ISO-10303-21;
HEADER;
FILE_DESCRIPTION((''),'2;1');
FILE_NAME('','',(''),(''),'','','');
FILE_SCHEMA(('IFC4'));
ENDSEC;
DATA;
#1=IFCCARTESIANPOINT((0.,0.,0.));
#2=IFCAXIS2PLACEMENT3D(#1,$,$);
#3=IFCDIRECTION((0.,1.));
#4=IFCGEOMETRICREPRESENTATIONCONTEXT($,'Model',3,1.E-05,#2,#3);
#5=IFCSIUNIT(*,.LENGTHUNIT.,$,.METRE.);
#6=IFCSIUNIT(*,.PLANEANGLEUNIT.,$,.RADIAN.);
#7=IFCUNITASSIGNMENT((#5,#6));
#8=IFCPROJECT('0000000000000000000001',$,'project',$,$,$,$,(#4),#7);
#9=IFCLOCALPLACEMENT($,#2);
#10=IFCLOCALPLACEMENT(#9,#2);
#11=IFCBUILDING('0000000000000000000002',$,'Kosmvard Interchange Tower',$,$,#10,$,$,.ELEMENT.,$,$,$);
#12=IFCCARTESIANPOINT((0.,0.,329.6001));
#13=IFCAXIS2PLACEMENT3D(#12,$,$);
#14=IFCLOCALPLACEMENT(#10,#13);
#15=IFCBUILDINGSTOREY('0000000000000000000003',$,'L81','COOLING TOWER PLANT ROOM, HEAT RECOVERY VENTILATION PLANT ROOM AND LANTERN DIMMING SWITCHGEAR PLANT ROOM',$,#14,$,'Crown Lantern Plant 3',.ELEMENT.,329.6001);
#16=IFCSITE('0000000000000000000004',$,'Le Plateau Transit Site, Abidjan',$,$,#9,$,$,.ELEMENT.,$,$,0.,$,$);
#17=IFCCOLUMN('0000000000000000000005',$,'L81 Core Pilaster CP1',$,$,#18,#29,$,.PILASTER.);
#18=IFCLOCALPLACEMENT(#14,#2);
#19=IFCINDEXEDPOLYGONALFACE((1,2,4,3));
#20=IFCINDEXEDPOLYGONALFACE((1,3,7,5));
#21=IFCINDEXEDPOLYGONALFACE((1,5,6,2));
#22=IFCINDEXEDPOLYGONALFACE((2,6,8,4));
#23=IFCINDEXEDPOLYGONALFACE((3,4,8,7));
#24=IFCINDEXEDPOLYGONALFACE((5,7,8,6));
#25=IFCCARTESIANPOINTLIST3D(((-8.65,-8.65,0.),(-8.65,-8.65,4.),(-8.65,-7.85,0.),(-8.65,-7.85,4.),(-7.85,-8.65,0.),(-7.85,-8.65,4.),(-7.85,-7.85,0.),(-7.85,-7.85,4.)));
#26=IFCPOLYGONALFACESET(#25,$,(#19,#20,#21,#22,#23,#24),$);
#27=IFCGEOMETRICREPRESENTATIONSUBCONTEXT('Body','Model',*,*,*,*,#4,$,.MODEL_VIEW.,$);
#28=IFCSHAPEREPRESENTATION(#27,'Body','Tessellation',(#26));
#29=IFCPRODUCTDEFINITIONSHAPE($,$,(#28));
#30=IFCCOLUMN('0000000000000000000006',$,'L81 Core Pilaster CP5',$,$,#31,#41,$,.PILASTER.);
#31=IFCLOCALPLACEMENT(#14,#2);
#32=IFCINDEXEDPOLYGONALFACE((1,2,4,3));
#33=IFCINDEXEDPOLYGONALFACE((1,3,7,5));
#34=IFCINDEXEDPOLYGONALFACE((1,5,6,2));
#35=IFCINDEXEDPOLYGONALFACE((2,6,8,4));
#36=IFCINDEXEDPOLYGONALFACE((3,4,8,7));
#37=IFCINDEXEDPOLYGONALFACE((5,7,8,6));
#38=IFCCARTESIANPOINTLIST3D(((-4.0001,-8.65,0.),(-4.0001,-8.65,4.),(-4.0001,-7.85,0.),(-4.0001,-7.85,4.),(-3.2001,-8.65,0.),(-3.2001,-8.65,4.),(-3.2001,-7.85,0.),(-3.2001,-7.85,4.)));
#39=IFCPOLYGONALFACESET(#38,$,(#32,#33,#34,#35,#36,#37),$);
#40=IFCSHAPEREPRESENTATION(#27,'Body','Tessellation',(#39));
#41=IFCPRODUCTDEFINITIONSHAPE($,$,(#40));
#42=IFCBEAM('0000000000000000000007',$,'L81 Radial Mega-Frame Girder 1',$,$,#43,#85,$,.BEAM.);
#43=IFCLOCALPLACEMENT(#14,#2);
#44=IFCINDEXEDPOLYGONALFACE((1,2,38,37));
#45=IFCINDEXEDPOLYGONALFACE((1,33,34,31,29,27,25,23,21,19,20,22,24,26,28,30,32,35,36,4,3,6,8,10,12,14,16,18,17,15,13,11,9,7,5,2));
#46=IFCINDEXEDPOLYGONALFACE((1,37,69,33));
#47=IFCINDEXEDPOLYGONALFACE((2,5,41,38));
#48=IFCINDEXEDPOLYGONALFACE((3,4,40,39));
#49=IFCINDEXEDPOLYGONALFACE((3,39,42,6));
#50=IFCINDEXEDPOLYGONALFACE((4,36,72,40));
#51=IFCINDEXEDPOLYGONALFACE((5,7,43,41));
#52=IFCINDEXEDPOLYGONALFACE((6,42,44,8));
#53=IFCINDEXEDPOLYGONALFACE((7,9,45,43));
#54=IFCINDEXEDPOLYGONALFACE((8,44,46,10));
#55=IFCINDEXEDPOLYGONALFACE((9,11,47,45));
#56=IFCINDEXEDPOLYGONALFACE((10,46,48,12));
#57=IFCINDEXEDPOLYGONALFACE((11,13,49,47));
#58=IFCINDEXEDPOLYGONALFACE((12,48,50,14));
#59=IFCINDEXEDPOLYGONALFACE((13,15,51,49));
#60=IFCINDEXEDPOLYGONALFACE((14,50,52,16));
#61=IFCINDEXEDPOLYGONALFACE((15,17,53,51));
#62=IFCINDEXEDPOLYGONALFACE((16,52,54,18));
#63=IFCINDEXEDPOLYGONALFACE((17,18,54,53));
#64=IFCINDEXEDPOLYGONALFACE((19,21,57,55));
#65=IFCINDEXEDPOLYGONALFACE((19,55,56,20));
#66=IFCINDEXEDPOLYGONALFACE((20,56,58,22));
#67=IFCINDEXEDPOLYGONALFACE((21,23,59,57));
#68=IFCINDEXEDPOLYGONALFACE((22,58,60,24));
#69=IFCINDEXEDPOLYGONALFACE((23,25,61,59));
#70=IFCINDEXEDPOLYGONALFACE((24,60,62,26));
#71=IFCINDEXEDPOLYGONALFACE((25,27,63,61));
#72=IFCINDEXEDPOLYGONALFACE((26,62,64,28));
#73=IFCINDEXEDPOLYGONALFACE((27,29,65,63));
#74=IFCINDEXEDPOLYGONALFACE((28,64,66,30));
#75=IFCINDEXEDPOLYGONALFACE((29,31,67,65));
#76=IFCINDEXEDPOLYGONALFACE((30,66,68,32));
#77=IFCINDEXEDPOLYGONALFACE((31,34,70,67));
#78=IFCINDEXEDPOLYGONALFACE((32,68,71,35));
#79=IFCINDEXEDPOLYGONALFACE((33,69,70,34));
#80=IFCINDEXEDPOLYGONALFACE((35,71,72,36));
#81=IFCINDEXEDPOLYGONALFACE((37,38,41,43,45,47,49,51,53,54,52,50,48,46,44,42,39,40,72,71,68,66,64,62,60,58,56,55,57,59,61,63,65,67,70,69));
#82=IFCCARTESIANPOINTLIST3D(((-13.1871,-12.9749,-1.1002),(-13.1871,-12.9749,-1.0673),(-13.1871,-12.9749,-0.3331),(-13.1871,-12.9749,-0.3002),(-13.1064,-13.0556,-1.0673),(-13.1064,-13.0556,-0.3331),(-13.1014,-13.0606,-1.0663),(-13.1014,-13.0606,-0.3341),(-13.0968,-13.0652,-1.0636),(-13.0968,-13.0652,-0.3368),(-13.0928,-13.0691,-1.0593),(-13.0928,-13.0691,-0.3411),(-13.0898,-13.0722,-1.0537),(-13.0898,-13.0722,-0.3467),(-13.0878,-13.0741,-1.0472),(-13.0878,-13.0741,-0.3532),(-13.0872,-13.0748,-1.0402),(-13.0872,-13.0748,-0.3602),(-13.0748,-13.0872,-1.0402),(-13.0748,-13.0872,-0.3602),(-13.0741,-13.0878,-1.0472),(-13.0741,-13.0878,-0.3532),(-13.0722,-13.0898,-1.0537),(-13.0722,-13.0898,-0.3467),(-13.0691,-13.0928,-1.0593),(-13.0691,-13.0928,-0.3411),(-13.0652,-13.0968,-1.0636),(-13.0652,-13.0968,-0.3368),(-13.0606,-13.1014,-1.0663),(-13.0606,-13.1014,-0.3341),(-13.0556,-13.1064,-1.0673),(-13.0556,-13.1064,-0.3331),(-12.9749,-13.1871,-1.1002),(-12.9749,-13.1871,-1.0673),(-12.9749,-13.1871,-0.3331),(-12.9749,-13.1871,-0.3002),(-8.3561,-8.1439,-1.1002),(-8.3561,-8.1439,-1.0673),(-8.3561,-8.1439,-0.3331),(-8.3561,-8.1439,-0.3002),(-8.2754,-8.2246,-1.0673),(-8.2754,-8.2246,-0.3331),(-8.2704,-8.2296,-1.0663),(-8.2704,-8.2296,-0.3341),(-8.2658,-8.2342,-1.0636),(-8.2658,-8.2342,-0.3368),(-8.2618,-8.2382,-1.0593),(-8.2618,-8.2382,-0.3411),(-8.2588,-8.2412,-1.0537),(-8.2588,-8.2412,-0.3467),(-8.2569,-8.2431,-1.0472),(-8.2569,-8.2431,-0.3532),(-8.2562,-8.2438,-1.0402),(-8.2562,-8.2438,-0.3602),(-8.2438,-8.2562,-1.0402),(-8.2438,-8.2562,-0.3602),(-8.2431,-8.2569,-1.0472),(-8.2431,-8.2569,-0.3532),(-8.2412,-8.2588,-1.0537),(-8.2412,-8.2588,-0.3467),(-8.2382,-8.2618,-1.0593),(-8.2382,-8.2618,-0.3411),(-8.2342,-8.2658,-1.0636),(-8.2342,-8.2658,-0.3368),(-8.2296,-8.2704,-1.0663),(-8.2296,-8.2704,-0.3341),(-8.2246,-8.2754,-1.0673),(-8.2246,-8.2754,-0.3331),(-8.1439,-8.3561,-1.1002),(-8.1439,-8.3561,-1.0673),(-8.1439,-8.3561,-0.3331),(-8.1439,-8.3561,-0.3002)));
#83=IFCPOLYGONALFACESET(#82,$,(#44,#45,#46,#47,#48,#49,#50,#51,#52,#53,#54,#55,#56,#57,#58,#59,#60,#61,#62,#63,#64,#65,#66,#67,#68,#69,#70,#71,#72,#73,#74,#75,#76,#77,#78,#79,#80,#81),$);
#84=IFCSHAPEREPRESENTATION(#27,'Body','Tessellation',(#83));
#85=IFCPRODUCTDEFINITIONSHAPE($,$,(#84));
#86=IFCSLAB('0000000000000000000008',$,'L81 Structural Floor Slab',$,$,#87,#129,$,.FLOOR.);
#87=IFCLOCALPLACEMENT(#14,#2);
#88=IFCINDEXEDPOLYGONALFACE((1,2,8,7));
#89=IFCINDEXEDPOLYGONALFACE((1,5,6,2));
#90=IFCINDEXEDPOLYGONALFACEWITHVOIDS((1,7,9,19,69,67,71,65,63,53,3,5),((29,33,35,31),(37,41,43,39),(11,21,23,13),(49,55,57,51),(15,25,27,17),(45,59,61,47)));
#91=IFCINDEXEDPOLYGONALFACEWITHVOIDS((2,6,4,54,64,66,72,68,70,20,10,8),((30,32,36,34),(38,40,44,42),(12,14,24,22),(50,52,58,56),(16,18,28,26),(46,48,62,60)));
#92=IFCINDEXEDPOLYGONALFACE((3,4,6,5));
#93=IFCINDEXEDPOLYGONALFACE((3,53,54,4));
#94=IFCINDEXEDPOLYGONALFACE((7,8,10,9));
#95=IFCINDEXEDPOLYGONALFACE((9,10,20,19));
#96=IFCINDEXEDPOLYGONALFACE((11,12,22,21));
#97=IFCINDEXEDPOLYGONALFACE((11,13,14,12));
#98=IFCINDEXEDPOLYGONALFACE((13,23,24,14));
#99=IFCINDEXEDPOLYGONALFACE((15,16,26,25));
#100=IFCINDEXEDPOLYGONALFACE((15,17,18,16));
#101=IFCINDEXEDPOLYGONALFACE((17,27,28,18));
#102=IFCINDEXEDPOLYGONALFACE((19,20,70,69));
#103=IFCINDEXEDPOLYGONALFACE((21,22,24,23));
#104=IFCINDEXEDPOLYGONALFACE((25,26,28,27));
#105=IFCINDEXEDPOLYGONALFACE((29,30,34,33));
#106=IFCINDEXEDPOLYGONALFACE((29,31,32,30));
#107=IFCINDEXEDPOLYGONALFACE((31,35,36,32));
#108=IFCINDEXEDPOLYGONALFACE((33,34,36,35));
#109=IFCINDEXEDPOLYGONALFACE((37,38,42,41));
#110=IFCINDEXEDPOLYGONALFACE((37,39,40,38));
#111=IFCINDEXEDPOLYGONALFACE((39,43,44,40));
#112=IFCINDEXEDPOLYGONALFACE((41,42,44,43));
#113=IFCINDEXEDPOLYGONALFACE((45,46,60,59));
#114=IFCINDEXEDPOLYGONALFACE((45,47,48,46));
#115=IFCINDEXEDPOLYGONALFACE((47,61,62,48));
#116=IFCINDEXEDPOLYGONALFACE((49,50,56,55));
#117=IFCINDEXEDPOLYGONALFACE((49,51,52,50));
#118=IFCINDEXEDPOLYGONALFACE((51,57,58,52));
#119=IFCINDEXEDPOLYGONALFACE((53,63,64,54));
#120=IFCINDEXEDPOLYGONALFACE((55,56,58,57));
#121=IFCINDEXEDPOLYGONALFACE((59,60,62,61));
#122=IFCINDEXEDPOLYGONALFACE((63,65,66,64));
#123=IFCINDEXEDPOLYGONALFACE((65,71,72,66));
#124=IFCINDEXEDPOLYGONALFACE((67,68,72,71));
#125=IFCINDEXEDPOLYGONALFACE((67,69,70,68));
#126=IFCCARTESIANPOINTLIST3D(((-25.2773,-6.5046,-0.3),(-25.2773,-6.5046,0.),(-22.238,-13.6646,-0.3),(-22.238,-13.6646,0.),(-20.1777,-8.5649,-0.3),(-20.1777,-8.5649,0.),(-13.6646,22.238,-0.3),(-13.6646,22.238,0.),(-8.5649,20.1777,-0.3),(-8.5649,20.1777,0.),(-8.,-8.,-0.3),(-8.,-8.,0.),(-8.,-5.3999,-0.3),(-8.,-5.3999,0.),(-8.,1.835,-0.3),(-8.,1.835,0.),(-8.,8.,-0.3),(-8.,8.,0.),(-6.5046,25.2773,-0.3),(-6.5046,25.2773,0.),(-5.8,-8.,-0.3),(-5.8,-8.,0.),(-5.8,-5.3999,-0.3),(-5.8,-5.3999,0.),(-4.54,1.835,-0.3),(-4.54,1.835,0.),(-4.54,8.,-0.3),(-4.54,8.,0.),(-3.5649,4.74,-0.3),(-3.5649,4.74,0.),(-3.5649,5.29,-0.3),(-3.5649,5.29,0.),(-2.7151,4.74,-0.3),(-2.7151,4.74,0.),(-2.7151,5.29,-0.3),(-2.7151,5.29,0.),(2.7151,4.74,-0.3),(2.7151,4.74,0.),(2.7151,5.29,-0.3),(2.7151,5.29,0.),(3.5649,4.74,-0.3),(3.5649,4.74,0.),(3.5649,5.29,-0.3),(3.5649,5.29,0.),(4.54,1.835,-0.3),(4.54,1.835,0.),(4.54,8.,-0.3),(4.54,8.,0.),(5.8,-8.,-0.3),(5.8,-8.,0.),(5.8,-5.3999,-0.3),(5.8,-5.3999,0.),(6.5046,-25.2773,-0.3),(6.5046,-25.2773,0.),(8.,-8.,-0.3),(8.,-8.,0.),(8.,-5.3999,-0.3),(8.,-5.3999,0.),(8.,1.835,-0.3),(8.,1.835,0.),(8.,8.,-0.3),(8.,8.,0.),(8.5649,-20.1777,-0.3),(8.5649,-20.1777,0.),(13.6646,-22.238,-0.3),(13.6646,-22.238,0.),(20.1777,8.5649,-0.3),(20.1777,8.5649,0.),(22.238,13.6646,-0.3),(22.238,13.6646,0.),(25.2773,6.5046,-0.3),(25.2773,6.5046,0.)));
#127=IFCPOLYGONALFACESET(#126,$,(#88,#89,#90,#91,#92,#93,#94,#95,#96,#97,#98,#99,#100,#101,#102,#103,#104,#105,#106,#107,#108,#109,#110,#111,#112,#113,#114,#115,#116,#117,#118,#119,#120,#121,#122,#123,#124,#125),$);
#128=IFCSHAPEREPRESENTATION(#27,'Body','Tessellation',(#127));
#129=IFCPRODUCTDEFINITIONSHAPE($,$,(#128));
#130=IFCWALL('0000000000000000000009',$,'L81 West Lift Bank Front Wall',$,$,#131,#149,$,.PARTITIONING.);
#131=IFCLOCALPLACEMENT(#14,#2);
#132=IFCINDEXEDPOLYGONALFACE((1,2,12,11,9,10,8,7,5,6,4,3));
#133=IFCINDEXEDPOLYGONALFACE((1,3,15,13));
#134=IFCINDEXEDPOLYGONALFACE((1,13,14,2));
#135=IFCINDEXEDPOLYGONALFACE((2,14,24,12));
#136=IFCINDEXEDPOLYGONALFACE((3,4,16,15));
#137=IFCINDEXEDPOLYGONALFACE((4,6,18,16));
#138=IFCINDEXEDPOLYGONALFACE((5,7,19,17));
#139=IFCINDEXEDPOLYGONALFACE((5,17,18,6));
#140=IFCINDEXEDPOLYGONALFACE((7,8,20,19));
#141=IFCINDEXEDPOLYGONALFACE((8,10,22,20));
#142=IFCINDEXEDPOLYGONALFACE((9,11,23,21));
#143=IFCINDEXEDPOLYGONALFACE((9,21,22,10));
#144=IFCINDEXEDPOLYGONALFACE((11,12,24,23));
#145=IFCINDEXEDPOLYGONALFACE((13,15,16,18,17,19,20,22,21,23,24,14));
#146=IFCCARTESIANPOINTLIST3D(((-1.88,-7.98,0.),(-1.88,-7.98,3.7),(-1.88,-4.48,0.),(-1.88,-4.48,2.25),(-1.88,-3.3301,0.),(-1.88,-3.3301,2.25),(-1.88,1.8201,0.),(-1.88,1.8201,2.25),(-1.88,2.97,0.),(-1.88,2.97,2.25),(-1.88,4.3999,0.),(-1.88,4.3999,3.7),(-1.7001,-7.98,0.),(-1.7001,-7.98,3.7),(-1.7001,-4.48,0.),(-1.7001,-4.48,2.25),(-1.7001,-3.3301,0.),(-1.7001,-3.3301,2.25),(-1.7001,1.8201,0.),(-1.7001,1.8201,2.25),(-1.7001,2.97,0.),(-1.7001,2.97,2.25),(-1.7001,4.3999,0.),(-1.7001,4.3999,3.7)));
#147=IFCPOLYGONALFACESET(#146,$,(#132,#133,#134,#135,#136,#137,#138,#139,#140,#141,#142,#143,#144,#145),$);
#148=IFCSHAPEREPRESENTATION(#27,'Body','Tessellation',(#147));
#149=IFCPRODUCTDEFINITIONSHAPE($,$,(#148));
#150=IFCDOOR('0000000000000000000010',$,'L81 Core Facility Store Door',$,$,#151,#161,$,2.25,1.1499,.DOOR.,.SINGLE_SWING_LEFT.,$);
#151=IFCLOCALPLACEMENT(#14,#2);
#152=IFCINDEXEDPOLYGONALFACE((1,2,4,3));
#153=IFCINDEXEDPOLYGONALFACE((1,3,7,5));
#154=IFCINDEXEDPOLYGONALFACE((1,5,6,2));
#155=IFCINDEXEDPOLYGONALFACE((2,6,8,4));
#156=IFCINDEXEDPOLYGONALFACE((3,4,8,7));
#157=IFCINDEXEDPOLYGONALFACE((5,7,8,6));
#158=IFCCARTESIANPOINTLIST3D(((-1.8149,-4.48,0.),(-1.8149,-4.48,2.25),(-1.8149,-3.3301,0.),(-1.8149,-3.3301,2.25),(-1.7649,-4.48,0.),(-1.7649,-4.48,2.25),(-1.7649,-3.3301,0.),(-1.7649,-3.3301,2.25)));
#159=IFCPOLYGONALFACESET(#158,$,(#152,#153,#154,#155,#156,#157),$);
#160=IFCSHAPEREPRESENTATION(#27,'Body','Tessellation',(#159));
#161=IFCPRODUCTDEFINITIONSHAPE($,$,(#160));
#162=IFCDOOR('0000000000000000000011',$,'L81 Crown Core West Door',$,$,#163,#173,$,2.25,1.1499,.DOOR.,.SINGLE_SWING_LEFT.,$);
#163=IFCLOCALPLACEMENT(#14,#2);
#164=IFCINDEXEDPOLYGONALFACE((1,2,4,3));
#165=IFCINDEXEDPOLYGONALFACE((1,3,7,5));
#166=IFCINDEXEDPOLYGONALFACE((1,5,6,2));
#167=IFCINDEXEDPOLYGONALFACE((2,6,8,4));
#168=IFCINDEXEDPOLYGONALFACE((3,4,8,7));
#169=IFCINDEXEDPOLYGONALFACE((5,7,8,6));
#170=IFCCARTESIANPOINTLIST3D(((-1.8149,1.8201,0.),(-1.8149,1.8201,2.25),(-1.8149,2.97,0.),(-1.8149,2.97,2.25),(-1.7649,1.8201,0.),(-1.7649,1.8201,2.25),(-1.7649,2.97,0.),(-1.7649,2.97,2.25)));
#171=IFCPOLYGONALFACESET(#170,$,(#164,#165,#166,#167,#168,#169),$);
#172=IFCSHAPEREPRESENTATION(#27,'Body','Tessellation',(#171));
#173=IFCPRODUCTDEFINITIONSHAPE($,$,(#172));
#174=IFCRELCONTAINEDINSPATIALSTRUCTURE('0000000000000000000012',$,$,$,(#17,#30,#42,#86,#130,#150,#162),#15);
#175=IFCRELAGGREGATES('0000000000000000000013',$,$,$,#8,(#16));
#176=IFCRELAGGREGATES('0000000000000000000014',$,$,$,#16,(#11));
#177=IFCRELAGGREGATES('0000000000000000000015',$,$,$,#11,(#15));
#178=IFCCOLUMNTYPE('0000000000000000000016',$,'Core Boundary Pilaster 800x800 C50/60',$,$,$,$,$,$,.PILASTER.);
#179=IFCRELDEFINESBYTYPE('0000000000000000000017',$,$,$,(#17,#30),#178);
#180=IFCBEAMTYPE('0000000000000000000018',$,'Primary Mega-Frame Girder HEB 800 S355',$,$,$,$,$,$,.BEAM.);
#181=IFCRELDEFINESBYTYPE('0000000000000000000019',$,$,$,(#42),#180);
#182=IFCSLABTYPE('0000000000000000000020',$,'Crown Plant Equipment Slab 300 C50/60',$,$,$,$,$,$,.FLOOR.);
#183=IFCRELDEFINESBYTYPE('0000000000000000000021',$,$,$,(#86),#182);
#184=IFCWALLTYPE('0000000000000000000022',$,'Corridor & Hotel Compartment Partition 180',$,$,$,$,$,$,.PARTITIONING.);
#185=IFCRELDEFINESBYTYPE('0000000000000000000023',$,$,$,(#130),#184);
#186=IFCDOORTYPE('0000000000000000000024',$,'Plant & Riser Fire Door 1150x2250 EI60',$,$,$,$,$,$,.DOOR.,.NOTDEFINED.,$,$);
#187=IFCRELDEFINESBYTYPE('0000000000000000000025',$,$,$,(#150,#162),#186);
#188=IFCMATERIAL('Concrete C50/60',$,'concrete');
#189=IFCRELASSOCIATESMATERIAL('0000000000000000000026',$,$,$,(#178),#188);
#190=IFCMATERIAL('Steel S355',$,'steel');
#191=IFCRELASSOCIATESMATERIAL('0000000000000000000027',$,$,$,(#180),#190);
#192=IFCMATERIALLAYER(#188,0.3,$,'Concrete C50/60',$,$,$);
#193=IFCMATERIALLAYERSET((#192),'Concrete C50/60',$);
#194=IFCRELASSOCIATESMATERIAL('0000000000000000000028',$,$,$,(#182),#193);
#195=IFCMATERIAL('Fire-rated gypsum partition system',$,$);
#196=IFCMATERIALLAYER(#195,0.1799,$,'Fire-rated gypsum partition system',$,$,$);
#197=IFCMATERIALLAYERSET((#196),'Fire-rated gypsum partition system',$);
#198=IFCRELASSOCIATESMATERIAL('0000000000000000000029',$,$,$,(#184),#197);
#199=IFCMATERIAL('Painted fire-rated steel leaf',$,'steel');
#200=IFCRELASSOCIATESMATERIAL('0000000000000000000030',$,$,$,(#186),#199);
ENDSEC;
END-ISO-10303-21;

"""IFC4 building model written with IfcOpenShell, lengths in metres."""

from ifc_helpers import new_model, si_unit, direction, frame, frame_2d, origin, origin_2d, place, context, subcontext, project, spatial, polyline, rectangle, i_section, outline, extrude, source, transform, mapped, material, layer, layer_set, material_profile, profile_set, type_object, element, fill, save


model = new_model("IFC4")

# Units and contexts
model_context = context("Model", 3, precision=1e-05, world=origin(), true_north=direction((0.0, 1.0)))
body_context = subcontext(model_context, "Body", "Model", "MODEL_VIEW")
ifc_project = project(units=[si_unit("LENGTHUNIT", "METRE"), si_unit("PLANEANGLEUNIT", "RADIAN")], contexts=[model_context])

# Site, building, storey
site_placement = place(None, origin())
site = spatial("IfcSite", under=ifc_project, at=site_placement, Name="Le Plateau Transit Site, Abidjan", CompositionType="ELEMENT", RefElevation=0.0)
building_placement = place(site_placement, origin())
building = spatial("IfcBuilding", under=site, at=building_placement, Name="Kosmvard Interchange Tower", CompositionType="ELEMENT")
storey_placement = place(building_placement, frame((0.0, 0.0, 329.6001)))
storey = spatial("IfcBuildingStorey", under=building, at=storey_placement, Name="L81", Description="COOLING TOWER PLANT ROOM, HEAT RECOVERY VENTILATION PLANT ROOM AND LANTERN DIMMING SWITCHGEAR PLANT ROOM", LongName="Crown Lantern Plant 3", CompositionType="ELEMENT", Elevation=329.6001)

# Columns
ifc_material_1 = material(Name="Concrete C50/60", Category="concrete")
ifc_material_profile_1 = material_profile(ifc_material_1, rectangle(XDim=0.8, YDim=0.8, at=origin_2d()), Name="CP 800x800")
ifc_profile_set_1 = profile_set([ifc_material_profile_1], Name="Concrete C50/60")
column_type = type_object("IfcColumnType", Name="Core Boundary Pilaster 800x800 C50/60", PredefinedType="PILASTER", material=ifc_profile_set_1)
shared_shape_1 = source(origin(), body_context, "Body", "SweptSolid", [
    extrude(rectangle(XDim=0.8, YDim=0.8, at=origin_2d()), origin(), (0.0, 0.0, 1.0), 4.0),
])
for number, where, z_axis, x_axis, name in (
    (1, (-8.25, -8.25, 0.0), (0.0, 0.0, 1.0), (1.0, 0.0, 0.0), "L81 Core Pilaster CP1"),
    (2, (-3.6001, -8.25, 0.0), (0.0, 0.0, 1.0), (1.0, 0.0, 0.0), "L81 Core Pilaster CP5"),
):
    element("IfcColumn", number, at=place(storey_placement, frame(where, z_axis=z_axis, x_axis=x_axis)), inside=storey, type_object=column_type, Name=name, PredefinedType="PILASTER", context=body_context, shape_type="MappedRepresentation", body=[
        mapped(shared_shape_1, transform((0.0, 0.0, 0.0), scale=1.0)),
    ])

# Beam
ifc_material_2 = material(Name="Steel S355", Category="steel")
ifc_material_profile_2 = material_profile(ifc_material_2, i_section(OverallWidth=0.3, OverallDepth=0.8, WebThickness=0.0176, FlangeThickness=0.033, FilletRadius=0.0271, at=origin_2d()), Name="HEB 800")
ifc_profile_set_2 = profile_set([ifc_material_profile_2], Name="Steel S355")
beam_type = type_object("IfcBeamType", Name="Primary Mega-Frame Girder HEB 800 S355", PredefinedType="BEAM", material=ifc_profile_set_2)
shared_shape_2 = source(origin(), body_context, "Body", "SweptSolid", [
    extrude(i_section(OverallWidth=0.3, OverallDepth=0.8, WebThickness=0.0176, FlangeThickness=0.033, FilletRadius=0.0271, at=origin_2d()), origin(), (0.0, 0.0, 1.0), 6.832),
])
beam_placement = place(storey_placement, frame((-8.25, -8.25, -0.7002), z_axis=(-0.707107, -0.707107, 0.0), x_axis=(0.707107, -0.707107, 0.0)))
element("IfcBeam", 3, at=beam_placement, inside=storey, type_object=beam_type, Name="L81 Radial Mega-Frame Girder 1", PredefinedType="BEAM", context=body_context, shape_type="MappedRepresentation", body=[
    mapped(shared_shape_2, transform((0.0, 0.0, 0.0), scale=1.0)),
])

# Slab
ifc_layer_1 = layer(ifc_material_1, 0.3, Name="Concrete C50/60")
ifc_layer_set_1 = layer_set([ifc_layer_1], Name="Concrete C50/60")
slab_type = type_object("IfcSlabType", Name="Crown Plant Equipment Slab 300 C50/60", PredefinedType="FLOOR", material=ifc_layer_set_1)
slab_placement = place(storey_placement, frame((0.0, 0.0, -0.3)))
element("IfcSlab", 4, at=slab_placement, inside=storey, type_object=slab_type, Name="L81 Structural Floor Slab", PredefinedType="FLOOR", context=body_context, shape_type="SweptSolid", body=[
    extrude(outline(polyline([(13.6646, -22.238), (25.2773, 6.5046), (20.1777, 8.5649), (22.238, 13.6646), (-6.5046, 25.2773), (-8.5649, 20.1777), (-13.6646, 22.238), (-25.2773, -6.5046), (-20.1777, -8.5649), (-22.238, -13.6646), (6.5046, -25.2773), (8.5649, -20.1777), (13.6646, -22.238)]), holes=[polyline([(-8.0, 1.835), (-4.54, 1.835), (-4.54, 8.0), (-8.0, 8.0), (-8.0, 1.835)]), polyline([(4.54, 1.835), (8.0, 1.835), (8.0, 8.0), (4.54, 8.0), (4.54, 1.835)]), polyline([(-8.0, -8.0), (-5.8, -8.0), (-5.8, -5.3999), (-8.0, -5.3999), (-8.0, -8.0)]), polyline([(5.8, -8.0), (8.0, -8.0), (8.0, -5.3999), (5.8, -5.3999), (5.8, -8.0)]), polyline([(-3.5649, 4.74), (-2.7151, 4.74), (-2.7151, 5.29), (-3.5649, 5.29), (-3.5649, 4.74)]), polyline([(2.7151, 4.74), (3.5649, 4.74), (3.5649, 5.29), (2.7151, 5.29), (2.7151, 4.74)])]), origin(), (0.0, 0.0, 1.0), 0.3),
])

# Wall, openings, doors
ifc_material_3 = material(Name="Fire-rated gypsum partition system")
ifc_layer_2 = layer(ifc_material_3, 0.1799, Name="Fire-rated gypsum partition system")
ifc_layer_set_2 = layer_set([ifc_layer_2], Name="Fire-rated gypsum partition system")
wall_type_1 = type_object("IfcWallType", Name="Corridor & Hotel Compartment Partition 180", PredefinedType="PARTITIONING", material=ifc_layer_set_2)
wall_1_placement = place(storey_placement, frame((-1.79, -7.98, 0.0), z_axis=(0.0, 0.0, 1.0), x_axis=(0.0, 1.0, 0.0)))
wall_1 = element("IfcWall", 5, at=wall_1_placement, inside=storey, type_object=wall_type_1, Name="L81 West Lift Bank Front Wall", PredefinedType="PARTITIONING", context=body_context, shape_type="SweptSolid", body=[
    extrude(rectangle(XDim=12.3799, YDim=0.1799, at=frame_2d((6.1899, 0.0))), origin(), (0.0, 0.0, 1.0), 3.7),
])
opening_1_placement = place(wall_1_placement, frame((3.5, 0.0, 0.0)))
opening_1 = element("IfcOpeningElement", 6, at=opening_1_placement, cuts=wall_1, PredefinedType="OPENING", context=body_context, shape_type="SweptSolid", body=[
    extrude(rectangle(XDim=1.1499, YDim=2.25, at=frame_2d((0.575, 1.125))), frame((0.0, 0.1001, 0.0), z_axis=(0.0, -1.0, 0.0), x_axis=(1.0, 0.0, 0.0)), (0.0, 0.0, 1.0), 0.2),
])
opening_2_placement = place(wall_1_placement, frame((9.8, 0.0, 0.0)))
opening_2 = element("IfcOpeningElement", 7, at=opening_2_placement, cuts=wall_1, PredefinedType="OPENING", context=body_context, shape_type="SweptSolid", body=[
    extrude(rectangle(XDim=1.1499, YDim=2.25, at=frame_2d((0.575, 1.125))), frame((0.0, 0.1001, 0.0), z_axis=(0.0, -1.0, 0.0), x_axis=(1.0, 0.0, 0.0)), (0.0, 0.0, 1.0), 0.2),
])
ifc_material_4 = material(Name="Painted fire-rated steel leaf", Category="steel")
door_type_1 = type_object("IfcDoorType", Name="Plant & Riser Fire Door 1150x2250 EI60", OperationType="NOTDEFINED", PredefinedType="DOOR", material=ifc_material_4)
shared_shape_3 = source(origin(), body_context, "Body", "SweptSolid", [
    extrude(rectangle(XDim=1.1499, YDim=2.25, at=frame_2d((0.575, 1.125))), frame((0.0, 0.0249, 0.0), z_axis=(0.0, -1.0, 0.0), x_axis=(1.0, 0.0, 0.0)), (0.0, 0.0, 1.0), 0.05),
])
door_1_placement = place(opening_1_placement, origin())
door_1 = element("IfcDoor", 8, at=door_1_placement, inside=storey, type_object=door_type_1, Name="L81 Core Facility Store Door", OperationType="SINGLE_SWING_LEFT", OverallHeight=2.25, OverallWidth=1.1499, PredefinedType="DOOR", context=body_context, shape_type="MappedRepresentation", body=[
    mapped(shared_shape_3, transform((0.0, 0.0, 0.0), scale=1.0)),
])
fill(opening_1, door_1)
door_2_placement = place(opening_2_placement, origin())
door_2 = element("IfcDoor", 9, at=door_2_placement, inside=storey, type_object=door_type_1, Name="L81 Crown Core West Door", OperationType="SINGLE_SWING_LEFT", OverallHeight=2.25, OverallWidth=1.1499, PredefinedType="DOOR", context=body_context, shape_type="MappedRepresentation", body=[
    mapped(shared_shape_3, transform((0.0, 0.0, 0.0), scale=1.0)),
])
fill(opening_2, door_2)

save(model, "model.ifc")
